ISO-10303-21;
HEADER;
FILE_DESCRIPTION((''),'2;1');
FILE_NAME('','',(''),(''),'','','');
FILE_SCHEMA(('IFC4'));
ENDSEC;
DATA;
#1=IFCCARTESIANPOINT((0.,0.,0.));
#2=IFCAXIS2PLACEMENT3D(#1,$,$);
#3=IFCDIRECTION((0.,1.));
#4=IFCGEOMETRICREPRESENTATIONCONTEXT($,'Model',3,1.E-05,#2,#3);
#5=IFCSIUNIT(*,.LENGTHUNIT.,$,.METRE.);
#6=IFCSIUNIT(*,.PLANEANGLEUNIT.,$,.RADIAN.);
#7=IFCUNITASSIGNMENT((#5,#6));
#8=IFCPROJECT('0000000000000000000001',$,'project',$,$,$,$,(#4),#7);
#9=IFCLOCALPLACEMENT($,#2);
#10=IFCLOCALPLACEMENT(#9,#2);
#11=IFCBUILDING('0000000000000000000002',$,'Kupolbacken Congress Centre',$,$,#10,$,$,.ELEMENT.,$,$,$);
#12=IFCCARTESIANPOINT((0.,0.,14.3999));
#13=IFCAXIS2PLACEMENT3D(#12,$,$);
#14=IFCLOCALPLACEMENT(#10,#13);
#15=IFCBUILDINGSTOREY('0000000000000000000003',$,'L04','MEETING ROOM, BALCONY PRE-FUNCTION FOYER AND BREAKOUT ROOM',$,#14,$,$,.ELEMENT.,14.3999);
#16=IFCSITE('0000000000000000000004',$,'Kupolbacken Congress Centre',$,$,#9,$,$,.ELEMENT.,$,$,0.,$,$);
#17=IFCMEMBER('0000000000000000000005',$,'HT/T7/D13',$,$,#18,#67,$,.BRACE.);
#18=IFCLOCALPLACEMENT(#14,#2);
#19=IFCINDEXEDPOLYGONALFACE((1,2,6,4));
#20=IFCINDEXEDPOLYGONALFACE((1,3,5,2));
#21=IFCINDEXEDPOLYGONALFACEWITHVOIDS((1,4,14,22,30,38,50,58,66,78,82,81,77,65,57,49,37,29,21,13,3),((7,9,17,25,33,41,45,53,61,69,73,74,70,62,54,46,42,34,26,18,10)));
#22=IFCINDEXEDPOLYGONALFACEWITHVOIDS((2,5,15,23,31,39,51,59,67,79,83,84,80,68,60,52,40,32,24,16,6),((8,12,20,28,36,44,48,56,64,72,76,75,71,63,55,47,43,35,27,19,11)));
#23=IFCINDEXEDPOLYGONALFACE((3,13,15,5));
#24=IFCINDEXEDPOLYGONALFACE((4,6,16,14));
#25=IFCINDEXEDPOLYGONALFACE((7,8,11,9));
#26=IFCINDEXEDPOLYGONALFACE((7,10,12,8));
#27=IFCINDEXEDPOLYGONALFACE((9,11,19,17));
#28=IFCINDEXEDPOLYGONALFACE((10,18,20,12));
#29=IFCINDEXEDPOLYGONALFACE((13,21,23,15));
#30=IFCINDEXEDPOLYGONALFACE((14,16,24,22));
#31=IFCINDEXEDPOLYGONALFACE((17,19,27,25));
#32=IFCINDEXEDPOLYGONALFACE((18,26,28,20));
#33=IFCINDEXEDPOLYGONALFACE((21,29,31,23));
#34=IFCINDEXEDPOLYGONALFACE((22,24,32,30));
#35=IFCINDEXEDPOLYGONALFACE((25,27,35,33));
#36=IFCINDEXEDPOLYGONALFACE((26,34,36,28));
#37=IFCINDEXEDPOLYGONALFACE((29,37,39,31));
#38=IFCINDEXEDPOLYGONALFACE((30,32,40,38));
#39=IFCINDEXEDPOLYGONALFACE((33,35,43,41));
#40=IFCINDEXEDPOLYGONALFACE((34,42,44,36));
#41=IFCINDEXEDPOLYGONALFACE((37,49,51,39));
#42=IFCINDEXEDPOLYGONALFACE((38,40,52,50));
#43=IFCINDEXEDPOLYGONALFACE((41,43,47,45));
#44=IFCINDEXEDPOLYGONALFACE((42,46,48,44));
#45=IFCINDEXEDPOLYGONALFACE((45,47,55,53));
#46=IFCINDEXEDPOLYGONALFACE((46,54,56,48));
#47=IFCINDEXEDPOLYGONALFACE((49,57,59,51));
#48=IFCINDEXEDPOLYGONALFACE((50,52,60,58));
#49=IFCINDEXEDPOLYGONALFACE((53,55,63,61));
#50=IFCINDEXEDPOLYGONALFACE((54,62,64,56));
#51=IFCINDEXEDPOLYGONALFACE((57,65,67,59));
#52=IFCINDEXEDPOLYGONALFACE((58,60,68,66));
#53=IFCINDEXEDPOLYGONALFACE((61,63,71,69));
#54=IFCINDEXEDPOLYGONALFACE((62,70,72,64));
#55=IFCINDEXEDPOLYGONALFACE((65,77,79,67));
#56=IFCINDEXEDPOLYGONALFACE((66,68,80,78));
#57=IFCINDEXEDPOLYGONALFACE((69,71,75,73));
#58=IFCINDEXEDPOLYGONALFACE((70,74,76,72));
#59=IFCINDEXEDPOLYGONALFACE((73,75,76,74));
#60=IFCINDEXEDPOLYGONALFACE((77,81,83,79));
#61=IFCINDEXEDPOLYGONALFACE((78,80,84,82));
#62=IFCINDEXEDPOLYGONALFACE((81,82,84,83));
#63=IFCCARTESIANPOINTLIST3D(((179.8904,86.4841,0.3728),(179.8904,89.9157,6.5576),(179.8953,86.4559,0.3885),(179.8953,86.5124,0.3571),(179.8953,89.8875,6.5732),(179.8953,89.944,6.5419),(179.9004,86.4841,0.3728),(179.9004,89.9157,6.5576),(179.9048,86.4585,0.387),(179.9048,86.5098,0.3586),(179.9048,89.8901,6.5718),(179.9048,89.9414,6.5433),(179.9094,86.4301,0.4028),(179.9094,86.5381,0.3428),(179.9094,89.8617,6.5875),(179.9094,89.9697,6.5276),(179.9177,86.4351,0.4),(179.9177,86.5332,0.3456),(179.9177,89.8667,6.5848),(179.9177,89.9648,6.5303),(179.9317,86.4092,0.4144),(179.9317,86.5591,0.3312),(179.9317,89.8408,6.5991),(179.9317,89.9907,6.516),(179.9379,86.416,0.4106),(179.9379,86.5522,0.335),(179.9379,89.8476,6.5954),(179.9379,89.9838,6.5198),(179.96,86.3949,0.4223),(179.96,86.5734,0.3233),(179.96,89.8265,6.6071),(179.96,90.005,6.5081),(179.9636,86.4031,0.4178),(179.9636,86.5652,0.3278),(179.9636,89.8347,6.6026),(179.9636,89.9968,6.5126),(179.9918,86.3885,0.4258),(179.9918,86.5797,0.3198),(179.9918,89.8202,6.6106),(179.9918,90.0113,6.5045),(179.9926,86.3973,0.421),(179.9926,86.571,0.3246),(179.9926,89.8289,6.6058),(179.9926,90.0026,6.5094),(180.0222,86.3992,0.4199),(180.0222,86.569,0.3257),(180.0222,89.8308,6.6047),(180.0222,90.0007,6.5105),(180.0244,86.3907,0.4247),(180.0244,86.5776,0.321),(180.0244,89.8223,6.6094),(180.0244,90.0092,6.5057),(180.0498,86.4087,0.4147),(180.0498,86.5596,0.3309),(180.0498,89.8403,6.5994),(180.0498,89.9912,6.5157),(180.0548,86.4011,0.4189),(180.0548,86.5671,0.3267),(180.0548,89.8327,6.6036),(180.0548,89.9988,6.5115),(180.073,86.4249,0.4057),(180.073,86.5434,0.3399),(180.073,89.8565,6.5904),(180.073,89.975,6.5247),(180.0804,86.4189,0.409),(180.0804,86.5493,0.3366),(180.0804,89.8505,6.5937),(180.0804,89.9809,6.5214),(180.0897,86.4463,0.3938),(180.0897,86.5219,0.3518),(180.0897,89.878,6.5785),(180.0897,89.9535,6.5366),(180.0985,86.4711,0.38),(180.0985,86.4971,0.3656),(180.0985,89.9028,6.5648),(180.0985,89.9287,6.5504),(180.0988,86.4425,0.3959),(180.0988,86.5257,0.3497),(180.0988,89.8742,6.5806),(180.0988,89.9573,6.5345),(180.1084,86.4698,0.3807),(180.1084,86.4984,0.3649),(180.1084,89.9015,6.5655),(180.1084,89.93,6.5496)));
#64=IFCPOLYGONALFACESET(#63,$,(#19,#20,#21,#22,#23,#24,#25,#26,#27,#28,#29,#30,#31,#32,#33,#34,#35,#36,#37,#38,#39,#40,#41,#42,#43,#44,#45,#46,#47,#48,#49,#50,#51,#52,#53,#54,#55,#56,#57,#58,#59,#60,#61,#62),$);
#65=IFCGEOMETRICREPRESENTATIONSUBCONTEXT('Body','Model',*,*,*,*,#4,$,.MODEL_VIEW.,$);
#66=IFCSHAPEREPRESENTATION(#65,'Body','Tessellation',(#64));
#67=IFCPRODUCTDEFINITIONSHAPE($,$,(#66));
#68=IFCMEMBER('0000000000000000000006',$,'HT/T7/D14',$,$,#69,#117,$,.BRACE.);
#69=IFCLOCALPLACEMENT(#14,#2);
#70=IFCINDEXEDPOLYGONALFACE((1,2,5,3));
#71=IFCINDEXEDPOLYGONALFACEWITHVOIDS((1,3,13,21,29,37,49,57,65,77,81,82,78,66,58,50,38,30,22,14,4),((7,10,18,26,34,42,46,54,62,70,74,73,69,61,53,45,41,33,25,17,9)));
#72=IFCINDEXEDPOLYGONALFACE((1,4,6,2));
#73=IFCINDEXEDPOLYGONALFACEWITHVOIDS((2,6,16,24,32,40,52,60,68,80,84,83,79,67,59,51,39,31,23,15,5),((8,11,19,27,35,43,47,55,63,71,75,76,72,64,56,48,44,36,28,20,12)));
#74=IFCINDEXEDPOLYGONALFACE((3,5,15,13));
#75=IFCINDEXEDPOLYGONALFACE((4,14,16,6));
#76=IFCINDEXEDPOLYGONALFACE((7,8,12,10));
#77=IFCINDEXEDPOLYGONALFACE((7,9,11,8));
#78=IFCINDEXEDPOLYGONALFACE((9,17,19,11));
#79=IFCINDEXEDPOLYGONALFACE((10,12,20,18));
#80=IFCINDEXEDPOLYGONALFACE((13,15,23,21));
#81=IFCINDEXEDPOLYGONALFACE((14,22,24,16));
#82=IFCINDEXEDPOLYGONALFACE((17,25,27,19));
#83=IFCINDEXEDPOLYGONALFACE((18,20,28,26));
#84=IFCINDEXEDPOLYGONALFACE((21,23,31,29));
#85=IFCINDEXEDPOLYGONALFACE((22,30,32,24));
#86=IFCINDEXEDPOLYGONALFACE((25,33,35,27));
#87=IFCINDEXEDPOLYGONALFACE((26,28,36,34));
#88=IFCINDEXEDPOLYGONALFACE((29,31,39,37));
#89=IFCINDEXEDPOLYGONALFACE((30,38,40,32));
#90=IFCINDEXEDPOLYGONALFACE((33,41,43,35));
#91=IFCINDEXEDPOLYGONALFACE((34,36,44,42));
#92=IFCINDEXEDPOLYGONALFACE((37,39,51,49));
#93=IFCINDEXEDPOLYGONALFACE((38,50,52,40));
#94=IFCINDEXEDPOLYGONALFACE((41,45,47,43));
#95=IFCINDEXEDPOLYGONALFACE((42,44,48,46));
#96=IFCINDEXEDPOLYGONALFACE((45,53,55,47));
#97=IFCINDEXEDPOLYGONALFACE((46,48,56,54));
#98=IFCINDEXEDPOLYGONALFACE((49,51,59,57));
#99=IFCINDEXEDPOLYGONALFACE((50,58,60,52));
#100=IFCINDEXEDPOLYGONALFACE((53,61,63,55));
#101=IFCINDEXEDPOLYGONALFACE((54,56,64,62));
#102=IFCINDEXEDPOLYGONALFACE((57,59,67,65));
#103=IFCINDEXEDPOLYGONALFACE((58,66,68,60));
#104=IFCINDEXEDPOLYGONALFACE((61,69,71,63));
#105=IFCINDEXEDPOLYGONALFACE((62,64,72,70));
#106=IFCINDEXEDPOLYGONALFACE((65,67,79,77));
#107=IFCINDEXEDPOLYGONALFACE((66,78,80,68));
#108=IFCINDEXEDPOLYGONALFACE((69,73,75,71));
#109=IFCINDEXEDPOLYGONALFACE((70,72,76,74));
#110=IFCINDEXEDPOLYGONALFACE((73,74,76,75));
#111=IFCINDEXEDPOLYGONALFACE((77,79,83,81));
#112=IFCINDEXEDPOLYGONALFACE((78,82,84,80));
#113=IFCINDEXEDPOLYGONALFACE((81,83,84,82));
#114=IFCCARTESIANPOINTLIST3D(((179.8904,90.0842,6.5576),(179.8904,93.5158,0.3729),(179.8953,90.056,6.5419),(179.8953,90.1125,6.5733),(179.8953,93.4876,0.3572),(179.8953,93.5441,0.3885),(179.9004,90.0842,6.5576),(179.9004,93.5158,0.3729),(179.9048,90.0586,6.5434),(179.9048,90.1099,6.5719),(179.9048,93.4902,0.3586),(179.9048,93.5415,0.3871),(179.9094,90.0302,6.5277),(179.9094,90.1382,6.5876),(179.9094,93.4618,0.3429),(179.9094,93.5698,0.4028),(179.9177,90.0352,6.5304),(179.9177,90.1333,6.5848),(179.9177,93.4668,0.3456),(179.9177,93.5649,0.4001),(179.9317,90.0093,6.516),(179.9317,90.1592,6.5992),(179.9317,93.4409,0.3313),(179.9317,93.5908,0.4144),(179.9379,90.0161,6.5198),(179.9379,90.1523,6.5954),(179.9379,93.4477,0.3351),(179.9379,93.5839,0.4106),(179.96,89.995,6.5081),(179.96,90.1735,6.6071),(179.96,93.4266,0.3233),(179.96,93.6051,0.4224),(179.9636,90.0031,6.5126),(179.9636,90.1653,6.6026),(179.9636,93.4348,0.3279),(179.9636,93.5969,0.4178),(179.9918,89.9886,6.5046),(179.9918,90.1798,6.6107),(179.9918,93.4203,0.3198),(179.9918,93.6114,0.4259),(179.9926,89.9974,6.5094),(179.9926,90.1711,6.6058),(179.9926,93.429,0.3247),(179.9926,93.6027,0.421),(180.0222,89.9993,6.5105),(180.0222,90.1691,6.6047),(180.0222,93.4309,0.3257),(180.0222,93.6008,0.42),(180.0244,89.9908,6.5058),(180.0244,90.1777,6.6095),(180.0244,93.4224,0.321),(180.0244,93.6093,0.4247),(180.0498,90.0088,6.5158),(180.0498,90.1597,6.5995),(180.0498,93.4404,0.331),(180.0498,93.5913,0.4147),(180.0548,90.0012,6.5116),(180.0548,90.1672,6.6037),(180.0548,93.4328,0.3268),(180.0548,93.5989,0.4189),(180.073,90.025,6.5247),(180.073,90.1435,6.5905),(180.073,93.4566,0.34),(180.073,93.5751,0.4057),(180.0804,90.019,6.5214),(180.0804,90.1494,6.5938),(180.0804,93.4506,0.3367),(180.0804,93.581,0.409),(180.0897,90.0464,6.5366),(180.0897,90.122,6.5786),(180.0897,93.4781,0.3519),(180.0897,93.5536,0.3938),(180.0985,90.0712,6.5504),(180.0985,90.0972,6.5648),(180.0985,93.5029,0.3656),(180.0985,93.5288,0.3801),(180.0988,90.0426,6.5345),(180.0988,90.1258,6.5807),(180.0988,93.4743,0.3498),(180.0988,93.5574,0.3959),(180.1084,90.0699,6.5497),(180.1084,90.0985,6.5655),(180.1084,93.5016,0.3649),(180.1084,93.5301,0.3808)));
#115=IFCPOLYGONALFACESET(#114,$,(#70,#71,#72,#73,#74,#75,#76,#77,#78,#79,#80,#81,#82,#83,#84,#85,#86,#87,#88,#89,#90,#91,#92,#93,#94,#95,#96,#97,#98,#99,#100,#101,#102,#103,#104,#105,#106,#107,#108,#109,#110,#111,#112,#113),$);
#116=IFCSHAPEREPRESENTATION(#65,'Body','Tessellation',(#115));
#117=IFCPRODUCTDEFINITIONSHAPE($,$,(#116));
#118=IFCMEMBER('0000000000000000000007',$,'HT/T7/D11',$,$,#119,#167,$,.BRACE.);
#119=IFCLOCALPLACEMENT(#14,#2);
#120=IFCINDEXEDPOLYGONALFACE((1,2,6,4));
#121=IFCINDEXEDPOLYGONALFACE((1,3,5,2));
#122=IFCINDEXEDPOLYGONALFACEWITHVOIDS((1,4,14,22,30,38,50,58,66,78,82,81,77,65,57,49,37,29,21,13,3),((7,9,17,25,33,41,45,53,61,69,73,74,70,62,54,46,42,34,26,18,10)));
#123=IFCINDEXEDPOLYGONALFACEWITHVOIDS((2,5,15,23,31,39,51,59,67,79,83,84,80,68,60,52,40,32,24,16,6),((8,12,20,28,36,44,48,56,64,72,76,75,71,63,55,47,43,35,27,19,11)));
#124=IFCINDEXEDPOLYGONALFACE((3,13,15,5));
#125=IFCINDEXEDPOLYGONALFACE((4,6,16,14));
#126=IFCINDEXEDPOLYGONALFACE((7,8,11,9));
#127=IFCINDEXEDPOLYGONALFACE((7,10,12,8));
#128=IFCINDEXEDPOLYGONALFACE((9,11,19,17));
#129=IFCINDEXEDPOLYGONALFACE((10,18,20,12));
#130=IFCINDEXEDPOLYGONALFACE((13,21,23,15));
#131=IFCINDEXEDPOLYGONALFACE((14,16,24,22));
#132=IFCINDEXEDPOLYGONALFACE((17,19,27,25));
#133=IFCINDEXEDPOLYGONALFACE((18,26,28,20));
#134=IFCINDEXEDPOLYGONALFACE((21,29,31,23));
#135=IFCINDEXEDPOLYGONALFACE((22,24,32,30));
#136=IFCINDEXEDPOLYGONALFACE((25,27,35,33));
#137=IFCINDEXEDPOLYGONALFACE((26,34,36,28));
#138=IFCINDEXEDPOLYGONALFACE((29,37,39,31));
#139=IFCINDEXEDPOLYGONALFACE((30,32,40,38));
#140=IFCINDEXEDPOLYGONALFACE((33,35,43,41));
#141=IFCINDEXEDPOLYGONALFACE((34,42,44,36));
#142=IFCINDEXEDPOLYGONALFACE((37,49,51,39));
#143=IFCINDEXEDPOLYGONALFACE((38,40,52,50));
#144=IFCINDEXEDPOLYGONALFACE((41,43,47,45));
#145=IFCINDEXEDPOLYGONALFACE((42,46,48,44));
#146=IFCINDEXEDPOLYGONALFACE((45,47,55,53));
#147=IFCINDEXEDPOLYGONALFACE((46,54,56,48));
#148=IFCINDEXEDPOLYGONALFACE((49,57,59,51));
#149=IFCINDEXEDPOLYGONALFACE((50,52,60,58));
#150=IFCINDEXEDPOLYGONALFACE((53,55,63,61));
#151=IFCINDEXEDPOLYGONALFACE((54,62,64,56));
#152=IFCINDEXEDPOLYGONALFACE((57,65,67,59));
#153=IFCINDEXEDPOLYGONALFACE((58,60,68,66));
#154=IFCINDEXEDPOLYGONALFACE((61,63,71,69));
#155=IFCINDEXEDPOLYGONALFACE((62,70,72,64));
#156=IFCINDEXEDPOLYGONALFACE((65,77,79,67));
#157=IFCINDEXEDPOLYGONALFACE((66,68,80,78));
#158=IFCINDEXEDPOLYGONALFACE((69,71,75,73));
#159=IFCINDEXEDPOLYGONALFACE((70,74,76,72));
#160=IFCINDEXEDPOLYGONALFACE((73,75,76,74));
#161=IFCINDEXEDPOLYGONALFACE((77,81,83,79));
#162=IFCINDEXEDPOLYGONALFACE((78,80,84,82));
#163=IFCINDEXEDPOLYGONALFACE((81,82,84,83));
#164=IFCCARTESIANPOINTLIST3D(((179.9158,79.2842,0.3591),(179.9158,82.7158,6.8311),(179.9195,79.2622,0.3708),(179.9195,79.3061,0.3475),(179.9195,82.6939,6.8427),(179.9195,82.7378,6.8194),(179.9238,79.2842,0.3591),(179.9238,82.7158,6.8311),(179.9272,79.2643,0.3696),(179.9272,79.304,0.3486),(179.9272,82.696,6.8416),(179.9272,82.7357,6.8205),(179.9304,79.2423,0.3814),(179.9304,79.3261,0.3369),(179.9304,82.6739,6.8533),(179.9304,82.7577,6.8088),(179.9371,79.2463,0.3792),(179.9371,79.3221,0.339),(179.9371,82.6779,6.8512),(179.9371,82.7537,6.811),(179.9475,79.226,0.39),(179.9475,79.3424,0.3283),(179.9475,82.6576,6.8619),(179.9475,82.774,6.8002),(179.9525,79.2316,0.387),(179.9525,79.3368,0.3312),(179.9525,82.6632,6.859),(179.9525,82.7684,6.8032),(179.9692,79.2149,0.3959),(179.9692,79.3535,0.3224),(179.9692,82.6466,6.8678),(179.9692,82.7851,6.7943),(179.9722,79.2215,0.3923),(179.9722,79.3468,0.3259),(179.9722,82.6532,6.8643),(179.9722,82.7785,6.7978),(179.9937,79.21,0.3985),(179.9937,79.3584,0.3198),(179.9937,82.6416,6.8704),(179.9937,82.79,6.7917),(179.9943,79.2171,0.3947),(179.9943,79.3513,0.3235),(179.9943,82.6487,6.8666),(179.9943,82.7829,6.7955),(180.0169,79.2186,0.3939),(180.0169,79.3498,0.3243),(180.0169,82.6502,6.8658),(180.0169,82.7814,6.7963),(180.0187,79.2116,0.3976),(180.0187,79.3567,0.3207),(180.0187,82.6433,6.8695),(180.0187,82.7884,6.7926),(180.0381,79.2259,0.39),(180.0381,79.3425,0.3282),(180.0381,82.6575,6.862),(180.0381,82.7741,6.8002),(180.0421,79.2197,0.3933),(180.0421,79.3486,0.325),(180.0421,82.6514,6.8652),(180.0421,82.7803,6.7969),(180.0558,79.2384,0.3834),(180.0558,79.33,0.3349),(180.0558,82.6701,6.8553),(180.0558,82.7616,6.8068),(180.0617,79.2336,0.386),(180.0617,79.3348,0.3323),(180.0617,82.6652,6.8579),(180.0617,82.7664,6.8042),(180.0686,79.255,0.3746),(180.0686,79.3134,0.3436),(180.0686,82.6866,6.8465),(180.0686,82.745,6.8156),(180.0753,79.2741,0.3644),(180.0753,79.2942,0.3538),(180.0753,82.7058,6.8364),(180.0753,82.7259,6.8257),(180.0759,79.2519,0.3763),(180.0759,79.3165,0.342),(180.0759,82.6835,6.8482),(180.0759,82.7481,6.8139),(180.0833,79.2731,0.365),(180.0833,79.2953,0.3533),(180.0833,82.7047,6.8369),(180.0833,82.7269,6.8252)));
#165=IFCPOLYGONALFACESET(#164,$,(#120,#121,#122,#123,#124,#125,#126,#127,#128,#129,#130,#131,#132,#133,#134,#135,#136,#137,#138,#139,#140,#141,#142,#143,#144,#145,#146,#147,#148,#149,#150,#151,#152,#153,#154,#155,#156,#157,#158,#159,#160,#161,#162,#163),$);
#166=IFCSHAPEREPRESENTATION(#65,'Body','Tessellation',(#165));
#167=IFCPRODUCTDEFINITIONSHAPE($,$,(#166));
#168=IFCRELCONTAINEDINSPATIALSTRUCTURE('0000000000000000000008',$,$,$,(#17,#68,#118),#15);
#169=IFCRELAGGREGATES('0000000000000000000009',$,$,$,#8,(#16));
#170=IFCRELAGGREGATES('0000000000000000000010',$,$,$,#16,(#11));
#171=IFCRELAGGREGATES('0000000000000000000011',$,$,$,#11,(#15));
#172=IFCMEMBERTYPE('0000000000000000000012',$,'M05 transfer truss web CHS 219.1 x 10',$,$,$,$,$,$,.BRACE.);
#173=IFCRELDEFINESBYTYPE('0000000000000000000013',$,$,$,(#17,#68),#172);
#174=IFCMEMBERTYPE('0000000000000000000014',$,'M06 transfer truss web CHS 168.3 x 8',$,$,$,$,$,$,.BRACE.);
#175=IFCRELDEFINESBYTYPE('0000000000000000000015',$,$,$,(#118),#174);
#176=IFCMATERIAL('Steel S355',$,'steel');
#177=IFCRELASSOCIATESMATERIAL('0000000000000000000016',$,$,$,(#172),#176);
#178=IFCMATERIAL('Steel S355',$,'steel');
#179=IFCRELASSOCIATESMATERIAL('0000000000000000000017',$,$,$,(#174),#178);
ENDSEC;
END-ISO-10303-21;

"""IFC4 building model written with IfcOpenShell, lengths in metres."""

from ifc_helpers import new_model, si_unit, direction, frame, origin, origin_2d, place, context, subcontext, project, spatial, hollow_circle, extrude, material, material_profile, profile_set, type_object, element, save


model = new_model("IFC4")

# Units and contexts
model_context = context("Model", 3, precision=1e-05, world=origin(), true_north=direction((0.0, 1.0)))
body_context = subcontext(model_context, "Body", "Model", "MODEL_VIEW")
ifc_project = project(units=[si_unit("LENGTHUNIT", "METRE"), si_unit("PLANEANGLEUNIT", "RADIAN")], contexts=[model_context])

# Site, building, storey
site_placement = place(None, origin())
site = spatial("IfcSite", under=ifc_project, at=site_placement, Name="Kupolbacken Congress Centre", CompositionType="ELEMENT", RefElevation=0.0)
building_placement = place(site_placement, origin())
building = spatial("IfcBuilding", under=site, at=building_placement, Name="Kupolbacken Congress Centre", CompositionType="ELEMENT")
storey_placement = place(building_placement, frame((0.0, 0.0, 14.3999)))
storey = spatial("IfcBuildingStorey", under=building, at=storey_placement, Name="L04", Description="MEETING ROOM, BALCONY PRE-FUNCTION FOYER AND BREAKOUT ROOM", CompositionType="ELEMENT", Elevation=14.3999)

# Members
ifc_material_1 = material(Name="Steel S355", Category="steel")
ifc_material_profile_1 = material_profile(ifc_material_1, hollow_circle(Radius=0.1096, WallThickness=0.01, at=origin_2d()), Name="CHS 219.1 x 10")
ifc_profile_set_1 = profile_set([ifc_material_profile_1], Name="Steel S355")
member_type_1 = type_object("IfcMemberType", Name="M05 transfer truss web CHS 219.1 x 10", PredefinedType="BRACE", material=ifc_profile_set_1)
for number, where, z_axis, x_axis, name in (
    (1, (180.0, 86.4841, 0.3728), (0.0, 0.485171, 0.874419), (-1.0, 0.0, 0.0), "HT/T7/D13"),
    (2, (180.0, 90.0842, 6.5576), (0.0, 0.485171, -0.874419), (-1.0, 0.0, 0.0), "HT/T7/D14"),
):
    element("IfcMember", number, at=place(storey_placement, frame(where, z_axis=z_axis, x_axis=x_axis)), inside=storey, type_object=member_type_1, Name=name, PredefinedType="BRACE", context=body_context, shape_type="SweptSolid", body=[
        extrude(hollow_circle(Radius=0.1096, WallThickness=0.01, at=origin_2d()), origin(), (0.0, 0.0, 1.0), 7.073),
    ])
ifc_material_2 = material(Name="Steel S355", Category="steel")
ifc_material_profile_2 = material_profile(ifc_material_2, hollow_circle(Radius=0.0842, WallThickness=0.0081, at=origin_2d()), Name="CHS 168.3 x 8")
ifc_profile_set_2 = profile_set([ifc_material_profile_2], Name="Steel S355")
member_type_2 = type_object("IfcMemberType", Name="M06 transfer truss web CHS 168.3 x 8", PredefinedType="BRACE", material=ifc_profile_set_2)
for number, where, z_axis, x_axis, name in (
    (3, (180.0, 79.2842, 0.3591), (0.0, 0.468456, 0.883487), (-1.0, 0.0, 0.0), "HT/T7/D11"),
):
    element("IfcMember", number, at=place(storey_placement, frame(where, z_axis=z_axis, x_axis=x_axis)), inside=storey, type_object=member_type_2, Name=name, PredefinedType="BRACE", context=body_context, shape_type="SweptSolid", body=[
        extrude(hollow_circle(Radius=0.0842, WallThickness=0.0081, at=origin_2d()), origin(), (0.0, 0.0, 1.0), 7.3254),
    ])

save(model, "model.ifc")
